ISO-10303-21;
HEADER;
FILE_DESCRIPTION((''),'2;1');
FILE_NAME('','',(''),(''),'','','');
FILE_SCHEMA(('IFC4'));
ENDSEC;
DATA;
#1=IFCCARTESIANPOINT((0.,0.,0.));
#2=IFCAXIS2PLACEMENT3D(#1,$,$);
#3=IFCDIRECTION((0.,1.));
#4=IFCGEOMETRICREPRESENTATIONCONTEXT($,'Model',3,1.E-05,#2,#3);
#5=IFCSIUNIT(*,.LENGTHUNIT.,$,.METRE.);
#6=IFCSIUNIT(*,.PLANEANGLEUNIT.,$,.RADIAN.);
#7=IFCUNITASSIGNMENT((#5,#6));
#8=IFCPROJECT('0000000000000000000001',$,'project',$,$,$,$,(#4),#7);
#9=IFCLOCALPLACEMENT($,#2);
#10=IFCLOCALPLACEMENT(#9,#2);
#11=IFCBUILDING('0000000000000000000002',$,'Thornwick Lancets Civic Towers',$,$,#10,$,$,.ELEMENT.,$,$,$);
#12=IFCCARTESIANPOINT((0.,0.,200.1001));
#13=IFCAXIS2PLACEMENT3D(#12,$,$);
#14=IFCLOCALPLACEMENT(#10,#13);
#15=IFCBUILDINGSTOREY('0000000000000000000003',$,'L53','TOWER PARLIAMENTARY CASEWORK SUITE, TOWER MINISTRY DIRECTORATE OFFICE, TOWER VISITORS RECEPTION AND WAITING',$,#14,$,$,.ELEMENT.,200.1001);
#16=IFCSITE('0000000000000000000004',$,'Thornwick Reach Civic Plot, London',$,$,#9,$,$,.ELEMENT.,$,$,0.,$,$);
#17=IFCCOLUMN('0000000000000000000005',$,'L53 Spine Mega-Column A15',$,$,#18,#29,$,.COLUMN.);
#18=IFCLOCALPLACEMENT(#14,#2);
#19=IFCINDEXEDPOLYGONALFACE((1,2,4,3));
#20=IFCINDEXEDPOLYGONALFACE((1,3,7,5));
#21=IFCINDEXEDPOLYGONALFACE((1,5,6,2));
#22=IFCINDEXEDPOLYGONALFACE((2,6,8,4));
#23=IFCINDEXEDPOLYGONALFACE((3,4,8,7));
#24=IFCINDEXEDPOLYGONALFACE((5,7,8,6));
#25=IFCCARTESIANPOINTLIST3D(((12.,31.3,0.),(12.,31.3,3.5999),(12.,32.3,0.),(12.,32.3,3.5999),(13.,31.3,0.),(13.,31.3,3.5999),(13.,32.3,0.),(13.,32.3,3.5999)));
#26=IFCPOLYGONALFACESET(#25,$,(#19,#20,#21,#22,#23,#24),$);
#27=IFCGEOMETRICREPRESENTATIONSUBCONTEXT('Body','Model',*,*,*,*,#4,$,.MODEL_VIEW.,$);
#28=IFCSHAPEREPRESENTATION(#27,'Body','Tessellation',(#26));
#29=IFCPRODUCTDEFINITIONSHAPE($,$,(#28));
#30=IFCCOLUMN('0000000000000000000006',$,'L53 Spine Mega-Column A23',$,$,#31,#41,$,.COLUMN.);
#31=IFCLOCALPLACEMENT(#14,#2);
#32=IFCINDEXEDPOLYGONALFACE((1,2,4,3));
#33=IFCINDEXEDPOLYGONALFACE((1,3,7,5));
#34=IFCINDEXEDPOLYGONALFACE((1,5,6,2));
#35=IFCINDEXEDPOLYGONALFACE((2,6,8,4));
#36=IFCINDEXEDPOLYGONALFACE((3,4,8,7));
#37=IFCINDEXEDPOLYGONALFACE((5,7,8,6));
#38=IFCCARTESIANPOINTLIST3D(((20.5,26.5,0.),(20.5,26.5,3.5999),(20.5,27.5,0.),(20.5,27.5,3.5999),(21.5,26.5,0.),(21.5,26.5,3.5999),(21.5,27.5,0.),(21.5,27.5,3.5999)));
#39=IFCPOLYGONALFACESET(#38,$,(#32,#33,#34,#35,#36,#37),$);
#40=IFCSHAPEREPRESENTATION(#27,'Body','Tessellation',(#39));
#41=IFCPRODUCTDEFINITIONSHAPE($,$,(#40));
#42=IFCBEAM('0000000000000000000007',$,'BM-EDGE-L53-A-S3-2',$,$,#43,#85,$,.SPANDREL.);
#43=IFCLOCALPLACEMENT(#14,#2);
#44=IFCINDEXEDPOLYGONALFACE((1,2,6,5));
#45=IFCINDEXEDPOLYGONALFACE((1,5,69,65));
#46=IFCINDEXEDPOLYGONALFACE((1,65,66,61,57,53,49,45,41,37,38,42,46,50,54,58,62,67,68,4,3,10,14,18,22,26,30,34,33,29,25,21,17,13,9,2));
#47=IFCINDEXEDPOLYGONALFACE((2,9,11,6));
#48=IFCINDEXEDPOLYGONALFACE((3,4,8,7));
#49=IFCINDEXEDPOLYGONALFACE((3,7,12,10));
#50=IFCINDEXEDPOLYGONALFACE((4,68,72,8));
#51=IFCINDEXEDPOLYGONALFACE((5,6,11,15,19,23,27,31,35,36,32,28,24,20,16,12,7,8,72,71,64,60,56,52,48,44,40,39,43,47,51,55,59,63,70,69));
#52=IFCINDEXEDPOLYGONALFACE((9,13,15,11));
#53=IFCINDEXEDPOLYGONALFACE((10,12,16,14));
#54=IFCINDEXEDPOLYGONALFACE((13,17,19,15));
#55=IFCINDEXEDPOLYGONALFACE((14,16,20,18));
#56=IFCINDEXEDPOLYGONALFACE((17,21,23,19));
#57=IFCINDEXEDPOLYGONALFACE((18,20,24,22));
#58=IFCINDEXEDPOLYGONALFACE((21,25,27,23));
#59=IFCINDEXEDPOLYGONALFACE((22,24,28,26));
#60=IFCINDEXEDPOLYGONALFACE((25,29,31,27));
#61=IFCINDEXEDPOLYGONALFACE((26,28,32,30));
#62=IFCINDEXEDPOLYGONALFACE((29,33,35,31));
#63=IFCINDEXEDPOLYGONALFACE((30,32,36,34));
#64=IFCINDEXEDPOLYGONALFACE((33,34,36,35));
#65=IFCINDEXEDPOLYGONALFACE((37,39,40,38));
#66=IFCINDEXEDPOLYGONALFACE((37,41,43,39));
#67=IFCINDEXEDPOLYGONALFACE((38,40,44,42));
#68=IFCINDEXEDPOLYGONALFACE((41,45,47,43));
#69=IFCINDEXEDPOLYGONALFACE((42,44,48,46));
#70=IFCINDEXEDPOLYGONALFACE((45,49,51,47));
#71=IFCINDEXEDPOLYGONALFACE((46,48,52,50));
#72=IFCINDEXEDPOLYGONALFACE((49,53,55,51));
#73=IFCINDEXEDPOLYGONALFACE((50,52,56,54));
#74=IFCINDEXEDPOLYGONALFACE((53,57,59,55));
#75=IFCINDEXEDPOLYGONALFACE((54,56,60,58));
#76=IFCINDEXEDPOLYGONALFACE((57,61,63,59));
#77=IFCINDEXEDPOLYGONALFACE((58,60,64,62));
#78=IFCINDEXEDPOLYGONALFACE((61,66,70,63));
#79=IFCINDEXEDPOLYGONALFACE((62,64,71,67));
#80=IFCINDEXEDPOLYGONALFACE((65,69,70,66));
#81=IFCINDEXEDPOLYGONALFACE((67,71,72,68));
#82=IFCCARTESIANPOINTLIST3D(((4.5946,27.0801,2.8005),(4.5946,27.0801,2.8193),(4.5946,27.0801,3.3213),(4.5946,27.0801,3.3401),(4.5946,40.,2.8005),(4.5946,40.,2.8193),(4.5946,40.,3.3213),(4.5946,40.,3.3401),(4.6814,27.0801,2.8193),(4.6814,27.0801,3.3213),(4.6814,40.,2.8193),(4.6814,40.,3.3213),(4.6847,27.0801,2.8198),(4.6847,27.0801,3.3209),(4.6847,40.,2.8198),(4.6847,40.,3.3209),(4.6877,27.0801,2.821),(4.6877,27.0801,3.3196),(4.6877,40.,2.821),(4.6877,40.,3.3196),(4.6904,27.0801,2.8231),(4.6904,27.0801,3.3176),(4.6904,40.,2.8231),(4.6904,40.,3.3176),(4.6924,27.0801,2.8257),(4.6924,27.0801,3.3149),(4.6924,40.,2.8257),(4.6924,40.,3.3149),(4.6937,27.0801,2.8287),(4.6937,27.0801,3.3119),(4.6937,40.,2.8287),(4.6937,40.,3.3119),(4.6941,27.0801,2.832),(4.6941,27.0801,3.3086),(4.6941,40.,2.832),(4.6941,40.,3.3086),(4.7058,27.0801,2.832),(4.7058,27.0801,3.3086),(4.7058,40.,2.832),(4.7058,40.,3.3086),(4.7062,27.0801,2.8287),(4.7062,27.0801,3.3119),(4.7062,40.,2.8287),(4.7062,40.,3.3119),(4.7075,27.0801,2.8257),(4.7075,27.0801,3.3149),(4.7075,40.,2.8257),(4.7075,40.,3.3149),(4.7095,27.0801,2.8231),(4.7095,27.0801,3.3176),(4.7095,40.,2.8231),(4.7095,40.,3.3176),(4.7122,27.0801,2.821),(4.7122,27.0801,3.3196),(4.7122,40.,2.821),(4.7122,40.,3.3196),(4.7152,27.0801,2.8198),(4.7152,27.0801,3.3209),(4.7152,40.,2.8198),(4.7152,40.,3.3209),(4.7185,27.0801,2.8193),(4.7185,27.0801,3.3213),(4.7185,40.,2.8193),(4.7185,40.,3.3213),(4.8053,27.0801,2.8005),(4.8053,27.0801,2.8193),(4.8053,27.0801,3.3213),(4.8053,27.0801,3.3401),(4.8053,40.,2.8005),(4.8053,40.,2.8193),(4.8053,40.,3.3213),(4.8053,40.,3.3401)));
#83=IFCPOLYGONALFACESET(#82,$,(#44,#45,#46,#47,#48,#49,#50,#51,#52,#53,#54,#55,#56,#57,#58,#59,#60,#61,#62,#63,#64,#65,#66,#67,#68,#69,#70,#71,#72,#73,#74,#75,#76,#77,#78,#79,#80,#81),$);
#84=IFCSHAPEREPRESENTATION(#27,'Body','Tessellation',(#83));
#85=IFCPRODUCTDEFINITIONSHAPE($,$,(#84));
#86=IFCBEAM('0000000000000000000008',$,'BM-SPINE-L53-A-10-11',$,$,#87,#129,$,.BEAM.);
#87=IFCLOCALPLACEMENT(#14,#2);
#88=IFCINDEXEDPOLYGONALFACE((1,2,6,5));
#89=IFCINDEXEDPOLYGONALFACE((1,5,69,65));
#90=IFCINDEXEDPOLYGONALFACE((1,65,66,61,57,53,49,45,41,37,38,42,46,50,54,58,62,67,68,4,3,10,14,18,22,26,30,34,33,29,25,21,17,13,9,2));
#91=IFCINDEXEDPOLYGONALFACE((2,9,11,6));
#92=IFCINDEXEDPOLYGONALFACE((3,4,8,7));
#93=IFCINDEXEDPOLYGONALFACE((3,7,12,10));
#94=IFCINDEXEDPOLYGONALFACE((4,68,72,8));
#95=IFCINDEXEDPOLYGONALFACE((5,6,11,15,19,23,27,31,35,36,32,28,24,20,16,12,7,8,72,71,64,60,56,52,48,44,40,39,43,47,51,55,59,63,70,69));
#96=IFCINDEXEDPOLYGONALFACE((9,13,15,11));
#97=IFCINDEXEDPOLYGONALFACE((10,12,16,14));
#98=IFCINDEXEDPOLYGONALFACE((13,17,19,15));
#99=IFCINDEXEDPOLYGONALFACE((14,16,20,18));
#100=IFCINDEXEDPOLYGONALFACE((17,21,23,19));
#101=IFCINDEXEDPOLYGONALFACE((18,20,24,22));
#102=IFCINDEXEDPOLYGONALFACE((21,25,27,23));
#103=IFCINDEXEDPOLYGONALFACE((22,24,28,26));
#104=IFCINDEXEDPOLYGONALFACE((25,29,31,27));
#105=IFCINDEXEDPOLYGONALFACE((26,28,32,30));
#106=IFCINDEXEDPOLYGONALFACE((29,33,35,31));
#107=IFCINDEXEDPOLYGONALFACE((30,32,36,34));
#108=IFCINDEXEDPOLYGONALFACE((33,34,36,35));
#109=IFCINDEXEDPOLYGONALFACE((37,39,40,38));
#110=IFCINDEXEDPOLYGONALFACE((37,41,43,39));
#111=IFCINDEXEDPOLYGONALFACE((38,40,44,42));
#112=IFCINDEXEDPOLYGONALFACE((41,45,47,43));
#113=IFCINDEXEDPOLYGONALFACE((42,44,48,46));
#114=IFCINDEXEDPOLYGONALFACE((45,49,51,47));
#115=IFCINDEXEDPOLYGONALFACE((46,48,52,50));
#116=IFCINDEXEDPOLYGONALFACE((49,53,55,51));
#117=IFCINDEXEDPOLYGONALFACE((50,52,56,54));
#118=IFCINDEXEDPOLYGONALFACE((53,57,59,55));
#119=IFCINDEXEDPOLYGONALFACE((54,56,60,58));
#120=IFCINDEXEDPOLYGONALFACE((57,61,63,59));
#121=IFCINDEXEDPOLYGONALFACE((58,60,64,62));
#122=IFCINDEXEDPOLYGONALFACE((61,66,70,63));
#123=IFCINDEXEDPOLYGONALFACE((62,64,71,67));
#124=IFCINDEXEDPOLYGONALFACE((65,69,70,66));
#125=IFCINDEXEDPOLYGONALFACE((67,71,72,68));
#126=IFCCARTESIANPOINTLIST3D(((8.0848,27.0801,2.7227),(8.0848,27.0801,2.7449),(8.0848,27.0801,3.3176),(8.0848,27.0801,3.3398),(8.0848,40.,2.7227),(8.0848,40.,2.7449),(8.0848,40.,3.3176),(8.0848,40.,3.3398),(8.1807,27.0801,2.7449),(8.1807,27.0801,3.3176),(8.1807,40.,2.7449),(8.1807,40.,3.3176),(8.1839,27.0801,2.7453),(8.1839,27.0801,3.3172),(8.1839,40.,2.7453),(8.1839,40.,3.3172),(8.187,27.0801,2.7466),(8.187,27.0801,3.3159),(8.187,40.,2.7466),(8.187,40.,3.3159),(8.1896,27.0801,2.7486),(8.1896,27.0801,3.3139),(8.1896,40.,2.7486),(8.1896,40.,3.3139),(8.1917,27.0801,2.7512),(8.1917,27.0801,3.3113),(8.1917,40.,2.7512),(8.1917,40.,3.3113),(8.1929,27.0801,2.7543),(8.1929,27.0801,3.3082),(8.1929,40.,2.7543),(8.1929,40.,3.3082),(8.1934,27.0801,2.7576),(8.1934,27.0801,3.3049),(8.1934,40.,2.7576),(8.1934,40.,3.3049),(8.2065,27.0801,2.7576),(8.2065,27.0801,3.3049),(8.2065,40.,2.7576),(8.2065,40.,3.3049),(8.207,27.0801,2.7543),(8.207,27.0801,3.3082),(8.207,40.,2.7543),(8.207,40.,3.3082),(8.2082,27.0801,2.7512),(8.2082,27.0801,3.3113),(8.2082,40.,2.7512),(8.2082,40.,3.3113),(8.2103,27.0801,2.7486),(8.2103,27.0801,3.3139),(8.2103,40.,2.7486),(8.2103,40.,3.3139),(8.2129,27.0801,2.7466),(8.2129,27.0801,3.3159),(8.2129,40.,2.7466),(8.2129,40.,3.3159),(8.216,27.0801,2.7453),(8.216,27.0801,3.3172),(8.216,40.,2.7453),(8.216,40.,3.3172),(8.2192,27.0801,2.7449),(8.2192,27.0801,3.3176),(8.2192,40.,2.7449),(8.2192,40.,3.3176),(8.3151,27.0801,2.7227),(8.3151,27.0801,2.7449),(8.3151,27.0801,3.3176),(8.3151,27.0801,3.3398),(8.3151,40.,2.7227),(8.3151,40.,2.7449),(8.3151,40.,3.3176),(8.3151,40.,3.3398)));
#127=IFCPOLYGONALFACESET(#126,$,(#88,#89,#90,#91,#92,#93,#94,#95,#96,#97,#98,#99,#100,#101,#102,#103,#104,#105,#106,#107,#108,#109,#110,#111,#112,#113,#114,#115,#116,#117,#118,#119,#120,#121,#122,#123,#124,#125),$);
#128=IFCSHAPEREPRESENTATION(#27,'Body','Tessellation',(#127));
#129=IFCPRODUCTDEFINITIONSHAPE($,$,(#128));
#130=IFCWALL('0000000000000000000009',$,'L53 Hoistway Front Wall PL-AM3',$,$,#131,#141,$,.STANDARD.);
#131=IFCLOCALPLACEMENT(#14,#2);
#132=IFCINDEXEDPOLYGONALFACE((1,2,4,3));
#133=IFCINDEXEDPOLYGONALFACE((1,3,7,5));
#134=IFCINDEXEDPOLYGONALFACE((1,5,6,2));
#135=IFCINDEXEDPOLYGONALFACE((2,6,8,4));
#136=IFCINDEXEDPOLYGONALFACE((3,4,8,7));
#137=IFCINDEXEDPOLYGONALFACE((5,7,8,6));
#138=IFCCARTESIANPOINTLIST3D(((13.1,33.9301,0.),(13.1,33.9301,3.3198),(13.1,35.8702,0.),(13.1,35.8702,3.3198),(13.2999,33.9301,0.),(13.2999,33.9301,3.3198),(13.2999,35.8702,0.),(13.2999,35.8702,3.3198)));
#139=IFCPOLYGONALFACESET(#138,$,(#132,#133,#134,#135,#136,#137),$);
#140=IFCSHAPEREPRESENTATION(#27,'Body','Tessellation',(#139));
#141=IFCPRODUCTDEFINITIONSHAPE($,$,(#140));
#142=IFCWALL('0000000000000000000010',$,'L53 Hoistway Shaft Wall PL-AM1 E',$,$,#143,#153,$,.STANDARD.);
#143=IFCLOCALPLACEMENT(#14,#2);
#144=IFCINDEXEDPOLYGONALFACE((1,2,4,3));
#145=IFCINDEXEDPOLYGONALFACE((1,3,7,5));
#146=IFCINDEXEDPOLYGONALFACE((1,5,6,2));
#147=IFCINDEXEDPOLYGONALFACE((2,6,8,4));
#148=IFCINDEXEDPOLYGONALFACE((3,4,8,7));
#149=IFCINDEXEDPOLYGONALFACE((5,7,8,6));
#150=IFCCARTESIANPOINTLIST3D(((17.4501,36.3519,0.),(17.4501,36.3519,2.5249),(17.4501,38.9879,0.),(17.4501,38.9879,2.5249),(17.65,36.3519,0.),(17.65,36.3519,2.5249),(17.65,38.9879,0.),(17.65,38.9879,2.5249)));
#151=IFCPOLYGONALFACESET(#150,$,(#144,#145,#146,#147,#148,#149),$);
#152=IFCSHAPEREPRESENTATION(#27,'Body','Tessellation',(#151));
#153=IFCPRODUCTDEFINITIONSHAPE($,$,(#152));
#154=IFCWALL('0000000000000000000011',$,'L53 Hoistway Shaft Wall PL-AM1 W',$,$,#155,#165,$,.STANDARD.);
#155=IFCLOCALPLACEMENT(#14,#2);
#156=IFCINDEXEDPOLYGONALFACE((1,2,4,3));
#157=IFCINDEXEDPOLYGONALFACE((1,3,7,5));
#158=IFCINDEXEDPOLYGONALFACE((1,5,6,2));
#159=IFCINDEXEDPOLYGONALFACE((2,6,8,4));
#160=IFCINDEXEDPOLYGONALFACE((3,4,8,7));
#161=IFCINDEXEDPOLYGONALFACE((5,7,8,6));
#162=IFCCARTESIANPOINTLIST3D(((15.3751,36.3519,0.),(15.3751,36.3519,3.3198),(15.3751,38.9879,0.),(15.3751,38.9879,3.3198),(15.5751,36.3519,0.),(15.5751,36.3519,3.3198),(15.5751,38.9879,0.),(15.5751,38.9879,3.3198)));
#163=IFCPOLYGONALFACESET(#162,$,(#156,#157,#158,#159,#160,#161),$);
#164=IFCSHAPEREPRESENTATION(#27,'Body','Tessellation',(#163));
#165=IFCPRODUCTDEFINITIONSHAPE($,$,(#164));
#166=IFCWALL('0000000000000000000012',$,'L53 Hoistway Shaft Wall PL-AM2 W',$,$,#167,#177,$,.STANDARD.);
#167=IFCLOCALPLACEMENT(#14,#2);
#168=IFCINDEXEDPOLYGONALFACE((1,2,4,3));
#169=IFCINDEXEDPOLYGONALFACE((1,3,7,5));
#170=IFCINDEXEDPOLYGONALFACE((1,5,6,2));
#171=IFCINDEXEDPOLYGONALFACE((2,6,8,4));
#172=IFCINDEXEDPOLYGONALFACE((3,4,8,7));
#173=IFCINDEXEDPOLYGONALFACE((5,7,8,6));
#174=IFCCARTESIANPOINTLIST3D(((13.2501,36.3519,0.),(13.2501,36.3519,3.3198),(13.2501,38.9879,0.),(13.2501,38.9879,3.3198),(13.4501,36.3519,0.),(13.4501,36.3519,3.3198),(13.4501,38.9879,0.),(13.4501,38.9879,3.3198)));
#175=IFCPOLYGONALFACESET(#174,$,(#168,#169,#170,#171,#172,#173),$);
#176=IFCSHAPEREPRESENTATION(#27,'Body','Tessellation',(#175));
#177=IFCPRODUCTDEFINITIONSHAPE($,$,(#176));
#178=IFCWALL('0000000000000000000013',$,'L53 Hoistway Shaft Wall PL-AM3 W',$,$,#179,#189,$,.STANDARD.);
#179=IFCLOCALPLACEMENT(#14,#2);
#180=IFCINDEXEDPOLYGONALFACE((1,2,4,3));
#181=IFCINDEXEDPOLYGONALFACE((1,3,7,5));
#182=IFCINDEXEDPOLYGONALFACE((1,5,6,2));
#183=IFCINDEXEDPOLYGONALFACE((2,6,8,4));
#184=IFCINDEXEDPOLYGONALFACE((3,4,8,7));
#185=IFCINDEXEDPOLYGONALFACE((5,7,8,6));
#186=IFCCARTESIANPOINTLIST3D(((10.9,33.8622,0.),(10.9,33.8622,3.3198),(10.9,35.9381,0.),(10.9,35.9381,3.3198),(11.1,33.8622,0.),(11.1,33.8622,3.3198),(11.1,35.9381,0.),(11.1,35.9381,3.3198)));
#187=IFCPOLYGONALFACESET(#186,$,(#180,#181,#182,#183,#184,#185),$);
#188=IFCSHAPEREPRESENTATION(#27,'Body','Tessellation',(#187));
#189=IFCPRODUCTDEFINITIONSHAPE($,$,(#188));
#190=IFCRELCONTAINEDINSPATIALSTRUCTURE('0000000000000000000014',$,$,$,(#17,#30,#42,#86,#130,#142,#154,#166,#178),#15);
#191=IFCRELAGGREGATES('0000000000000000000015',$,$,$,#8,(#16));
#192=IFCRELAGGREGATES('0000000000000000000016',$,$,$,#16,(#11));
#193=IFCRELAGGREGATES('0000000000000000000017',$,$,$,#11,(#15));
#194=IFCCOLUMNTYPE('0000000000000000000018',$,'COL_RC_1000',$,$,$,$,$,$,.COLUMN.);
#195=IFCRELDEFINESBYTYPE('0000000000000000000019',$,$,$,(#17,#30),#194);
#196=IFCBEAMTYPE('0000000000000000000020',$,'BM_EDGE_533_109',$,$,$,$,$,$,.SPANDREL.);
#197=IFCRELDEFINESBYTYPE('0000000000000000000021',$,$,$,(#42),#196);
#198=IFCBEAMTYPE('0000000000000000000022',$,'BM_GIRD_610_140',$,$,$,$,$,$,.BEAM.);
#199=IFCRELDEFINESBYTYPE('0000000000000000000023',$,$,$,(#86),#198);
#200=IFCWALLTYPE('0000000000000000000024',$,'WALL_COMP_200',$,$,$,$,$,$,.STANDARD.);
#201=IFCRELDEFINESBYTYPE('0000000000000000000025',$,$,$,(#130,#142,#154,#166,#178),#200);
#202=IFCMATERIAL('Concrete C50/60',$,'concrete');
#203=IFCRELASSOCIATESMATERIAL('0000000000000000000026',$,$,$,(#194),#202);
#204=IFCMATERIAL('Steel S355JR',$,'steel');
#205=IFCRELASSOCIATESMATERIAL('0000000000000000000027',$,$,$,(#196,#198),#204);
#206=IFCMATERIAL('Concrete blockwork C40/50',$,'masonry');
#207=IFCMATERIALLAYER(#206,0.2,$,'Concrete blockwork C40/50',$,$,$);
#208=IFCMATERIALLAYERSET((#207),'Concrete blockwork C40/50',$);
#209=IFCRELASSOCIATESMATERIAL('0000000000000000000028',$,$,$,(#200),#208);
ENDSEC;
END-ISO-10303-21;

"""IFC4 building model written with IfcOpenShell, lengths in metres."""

from ifc_helpers import new_model, si_unit, direction, frame, frame_2d, origin, origin_2d, place, context, subcontext, project, spatial, rectangle, i_section, extrude, material, layer, layer_set, material_profile, profile_set, type_object, element, save


model = new_model("IFC4")

# Units and contexts
model_context = context("Model", 3, precision=1e-05, world=origin(), true_north=direction((0.0, 1.0)))
body_context = subcontext(model_context, "Body", "Model", "MODEL_VIEW")
ifc_project = project(units=[si_unit("LENGTHUNIT", "METRE"), si_unit("PLANEANGLEUNIT", "RADIAN")], contexts=[model_context])

# Site, building, storey
site_placement = place(None, origin())
site = spatial("IfcSite", under=ifc_project, at=site_placement, Name="Thornwick Reach Civic Plot, London", CompositionType="ELEMENT", RefElevation=0.0)
building_placement = place(site_placement, origin())
building = spatial("IfcBuilding", under=site, at=building_placement, Name="Thornwick Lancets Civic Towers", CompositionType="ELEMENT")
storey_placement = place(building_placement, frame((0.0, 0.0, 200.1001)))
storey = spatial("IfcBuildingStorey", under=building, at=storey_placement, Name="L53", Description="TOWER PARLIAMENTARY CASEWORK SUITE, TOWER MINISTRY DIRECTORATE OFFICE, TOWER VISITORS RECEPTION AND WAITING", CompositionType="ELEMENT", Elevation=200.1001)

# Columns
ifc_material_1 = material(Name="Concrete C50/60", Category="concrete")
ifc_material_profile_1 = material_profile(ifc_material_1, rectangle(XDim=1.0, YDim=1.0, at=origin_2d()), Name="RC 1000x1000")
ifc_profile_set_1 = profile_set([ifc_material_profile_1], Name="Concrete C50/60")
column_type = type_object("IfcColumnType", Name="COL_RC_1000", PredefinedType="COLUMN", material=ifc_profile_set_1)
for number, where, z_axis, x_axis, name in (
    (1, (12.5, 31.8, 0.0), (0.0, 0.0, 1.0), (1.0, 0.0, 0.0), "L53 Spine Mega-Column A15"),
    (2, (21.0, 27.0, 0.0), (0.0, 0.0, 1.0), (1.0, 0.0, 0.0), "L53 Spine Mega-Column A23"),
):
    element("IfcColumn", number, at=place(storey_placement, frame(where, z_axis=z_axis, x_axis=x_axis)), inside=storey, type_object=column_type, Name=name, PredefinedType="COLUMN", context=body_context, shape_type="SweptSolid", body=[
        extrude(rectangle(XDim=1.0, YDim=1.0, at=origin_2d()), origin(), (0.0, 0.0, 1.0), 3.5999),
    ])

# Beams
ifc_material_2 = material(Name="Steel S355JR", Category="steel")
ifc_material_profile_2 = material_profile(ifc_material_2, i_section(OverallWidth=0.2107, OverallDepth=0.5396, WebThickness=0.0117, FlangeThickness=0.0188, FilletRadius=0.0127, at=origin_2d()), Name="UKB 533x210x109")
ifc_profile_set_2 = profile_set([ifc_material_profile_2], Name="Steel S355JR")
beam_type_1 = type_object("IfcBeamType", Name="BM_EDGE_533_109", PredefinedType="SPANDREL", material=ifc_profile_set_2)
beam_1_placement = place(storey_placement, frame((4.7, 27.0801, 3.0703), z_axis=(0.0, 1.0, 0.0), x_axis=(-1.0, 0.0, 0.0)))
element("IfcBeam", 3, at=beam_1_placement, inside=storey, type_object=beam_type_1, Name="BM-EDGE-L53-A-S3-2", PredefinedType="SPANDREL", context=body_context, shape_type="SweptSolid", body=[
    extrude(i_section(OverallWidth=0.2107, OverallDepth=0.5396, WebThickness=0.0117, FlangeThickness=0.0188, FilletRadius=0.0127, at=origin_2d()), origin(), (0.0, 0.0, 1.0), 12.9199),
])
ifc_material_profile_3 = material_profile(ifc_material_2, i_section(OverallWidth=0.2302, OverallDepth=0.6172, WebThickness=0.0132, FlangeThickness=0.0222, FilletRadius=0.0127, at=origin_2d()), Name="UKB 610x229x140")
ifc_profile_set_3 = profile_set([ifc_material_profile_3], Name="Steel S355JR")
beam_type_2 = type_object("IfcBeamType", Name="BM_GIRD_610_140", PredefinedType="BEAM", material=ifc_profile_set_3)
beam_2_placement = place(storey_placement, frame((8.2, 27.0801, 3.0312), z_axis=(0.0, 1.0, 0.0), x_axis=(-1.0, 0.0, 0.0)))
element("IfcBeam", 4, at=beam_2_placement, inside=storey, type_object=beam_type_2, Name="BM-SPINE-L53-A-10-11", PredefinedType="BEAM", context=body_context, shape_type="SweptSolid", body=[
    extrude(i_section(OverallWidth=0.2302, OverallDepth=0.6172, WebThickness=0.0132, FlangeThickness=0.0222, FilletRadius=0.0127, at=origin_2d()), origin(), (0.0, 0.0, 1.0), 12.9199),
])

# Walls
ifc_material_3 = material(Name="Concrete blockwork C40/50", Category="masonry")
ifc_layer_1 = layer(ifc_material_3, 0.2, Name="Concrete blockwork C40/50")
ifc_layer_set_1 = layer_set([ifc_layer_1], Name="Concrete blockwork C40/50")
wall_type_1 = type_object("IfcWallType", Name="WALL_COMP_200", PredefinedType="STANDARD", material=ifc_layer_set_1)
wall_1_placement = place(storey_placement, frame((13.2, 33.9299, 0.0), z_axis=(0.0, 0.0, 1.0), x_axis=(0.0, 1.0, 0.0)))
element("IfcWall", 5, at=wall_1_placement, inside=storey, type_object=wall_type_1, Name="L53 Hoistway Front Wall PL-AM3", PredefinedType="STANDARD", context=body_context, shape_type="SweptSolid", body=[
    extrude(rectangle(XDim=1.9402, YDim=0.2, at=frame_2d((0.9702, 0.0))), origin(), (0.0, 0.0, 1.0), 3.3198),
])
wall_2_placement = place(storey_placement, frame((17.55, 36.3521, 0.0), z_axis=(0.0, 0.0, 1.0), x_axis=(0.0, 1.0, 0.0)))
element("IfcWall", 6, at=wall_2_placement, inside=storey, type_object=wall_type_1, Name="L53 Hoistway Shaft Wall PL-AM1 E", PredefinedType="STANDARD", context=body_context, shape_type="SweptSolid", body=[
    extrude(rectangle(XDim=2.636, YDim=0.2, at=frame_2d((1.3179, 0.0))), origin(), (0.0, 0.0, 1.0), 2.5249),
])
for number, where, z_axis, x_axis, name in (
    (7, (15.4751, 36.3521, 0.0), (0.0, 0.0, 1.0), (0.0, 1.0, 0.0), "L53 Hoistway Shaft Wall PL-AM1 W"),
    (8, (13.3501, 36.3521, 0.0), (0.0, 0.0, 1.0), (0.0, 1.0, 0.0), "L53 Hoistway Shaft Wall PL-AM2 W"),
):
    element("IfcWall", number, at=place(storey_placement, frame(where, z_axis=z_axis, x_axis=x_axis)), inside=storey, type_object=wall_type_1, Name=name, PredefinedType="STANDARD", context=body_context, shape_type="SweptSolid", body=[
        extrude(rectangle(XDim=2.636, YDim=0.2, at=frame_2d((1.3179, 0.0))), origin(), (0.0, 0.0, 1.0), 3.3198),
    ])
wall_3_placement = place(storey_placement, frame((11.0, 33.8621, 0.0), z_axis=(0.0, 0.0, 1.0), x_axis=(0.0, 1.0, 0.0)))
element("IfcWall", 9, at=wall_3_placement, inside=storey, type_object=wall_type_1, Name="L53 Hoistway Shaft Wall PL-AM3 W", PredefinedType="STANDARD", context=body_context, shape_type="SweptSolid", body=[
    extrude(rectangle(XDim=2.0759, YDim=0.2, at=frame_2d((1.0381, 0.0))), origin(), (0.0, 0.0, 1.0), 3.3198),
])

save(model, "model.ifc")
